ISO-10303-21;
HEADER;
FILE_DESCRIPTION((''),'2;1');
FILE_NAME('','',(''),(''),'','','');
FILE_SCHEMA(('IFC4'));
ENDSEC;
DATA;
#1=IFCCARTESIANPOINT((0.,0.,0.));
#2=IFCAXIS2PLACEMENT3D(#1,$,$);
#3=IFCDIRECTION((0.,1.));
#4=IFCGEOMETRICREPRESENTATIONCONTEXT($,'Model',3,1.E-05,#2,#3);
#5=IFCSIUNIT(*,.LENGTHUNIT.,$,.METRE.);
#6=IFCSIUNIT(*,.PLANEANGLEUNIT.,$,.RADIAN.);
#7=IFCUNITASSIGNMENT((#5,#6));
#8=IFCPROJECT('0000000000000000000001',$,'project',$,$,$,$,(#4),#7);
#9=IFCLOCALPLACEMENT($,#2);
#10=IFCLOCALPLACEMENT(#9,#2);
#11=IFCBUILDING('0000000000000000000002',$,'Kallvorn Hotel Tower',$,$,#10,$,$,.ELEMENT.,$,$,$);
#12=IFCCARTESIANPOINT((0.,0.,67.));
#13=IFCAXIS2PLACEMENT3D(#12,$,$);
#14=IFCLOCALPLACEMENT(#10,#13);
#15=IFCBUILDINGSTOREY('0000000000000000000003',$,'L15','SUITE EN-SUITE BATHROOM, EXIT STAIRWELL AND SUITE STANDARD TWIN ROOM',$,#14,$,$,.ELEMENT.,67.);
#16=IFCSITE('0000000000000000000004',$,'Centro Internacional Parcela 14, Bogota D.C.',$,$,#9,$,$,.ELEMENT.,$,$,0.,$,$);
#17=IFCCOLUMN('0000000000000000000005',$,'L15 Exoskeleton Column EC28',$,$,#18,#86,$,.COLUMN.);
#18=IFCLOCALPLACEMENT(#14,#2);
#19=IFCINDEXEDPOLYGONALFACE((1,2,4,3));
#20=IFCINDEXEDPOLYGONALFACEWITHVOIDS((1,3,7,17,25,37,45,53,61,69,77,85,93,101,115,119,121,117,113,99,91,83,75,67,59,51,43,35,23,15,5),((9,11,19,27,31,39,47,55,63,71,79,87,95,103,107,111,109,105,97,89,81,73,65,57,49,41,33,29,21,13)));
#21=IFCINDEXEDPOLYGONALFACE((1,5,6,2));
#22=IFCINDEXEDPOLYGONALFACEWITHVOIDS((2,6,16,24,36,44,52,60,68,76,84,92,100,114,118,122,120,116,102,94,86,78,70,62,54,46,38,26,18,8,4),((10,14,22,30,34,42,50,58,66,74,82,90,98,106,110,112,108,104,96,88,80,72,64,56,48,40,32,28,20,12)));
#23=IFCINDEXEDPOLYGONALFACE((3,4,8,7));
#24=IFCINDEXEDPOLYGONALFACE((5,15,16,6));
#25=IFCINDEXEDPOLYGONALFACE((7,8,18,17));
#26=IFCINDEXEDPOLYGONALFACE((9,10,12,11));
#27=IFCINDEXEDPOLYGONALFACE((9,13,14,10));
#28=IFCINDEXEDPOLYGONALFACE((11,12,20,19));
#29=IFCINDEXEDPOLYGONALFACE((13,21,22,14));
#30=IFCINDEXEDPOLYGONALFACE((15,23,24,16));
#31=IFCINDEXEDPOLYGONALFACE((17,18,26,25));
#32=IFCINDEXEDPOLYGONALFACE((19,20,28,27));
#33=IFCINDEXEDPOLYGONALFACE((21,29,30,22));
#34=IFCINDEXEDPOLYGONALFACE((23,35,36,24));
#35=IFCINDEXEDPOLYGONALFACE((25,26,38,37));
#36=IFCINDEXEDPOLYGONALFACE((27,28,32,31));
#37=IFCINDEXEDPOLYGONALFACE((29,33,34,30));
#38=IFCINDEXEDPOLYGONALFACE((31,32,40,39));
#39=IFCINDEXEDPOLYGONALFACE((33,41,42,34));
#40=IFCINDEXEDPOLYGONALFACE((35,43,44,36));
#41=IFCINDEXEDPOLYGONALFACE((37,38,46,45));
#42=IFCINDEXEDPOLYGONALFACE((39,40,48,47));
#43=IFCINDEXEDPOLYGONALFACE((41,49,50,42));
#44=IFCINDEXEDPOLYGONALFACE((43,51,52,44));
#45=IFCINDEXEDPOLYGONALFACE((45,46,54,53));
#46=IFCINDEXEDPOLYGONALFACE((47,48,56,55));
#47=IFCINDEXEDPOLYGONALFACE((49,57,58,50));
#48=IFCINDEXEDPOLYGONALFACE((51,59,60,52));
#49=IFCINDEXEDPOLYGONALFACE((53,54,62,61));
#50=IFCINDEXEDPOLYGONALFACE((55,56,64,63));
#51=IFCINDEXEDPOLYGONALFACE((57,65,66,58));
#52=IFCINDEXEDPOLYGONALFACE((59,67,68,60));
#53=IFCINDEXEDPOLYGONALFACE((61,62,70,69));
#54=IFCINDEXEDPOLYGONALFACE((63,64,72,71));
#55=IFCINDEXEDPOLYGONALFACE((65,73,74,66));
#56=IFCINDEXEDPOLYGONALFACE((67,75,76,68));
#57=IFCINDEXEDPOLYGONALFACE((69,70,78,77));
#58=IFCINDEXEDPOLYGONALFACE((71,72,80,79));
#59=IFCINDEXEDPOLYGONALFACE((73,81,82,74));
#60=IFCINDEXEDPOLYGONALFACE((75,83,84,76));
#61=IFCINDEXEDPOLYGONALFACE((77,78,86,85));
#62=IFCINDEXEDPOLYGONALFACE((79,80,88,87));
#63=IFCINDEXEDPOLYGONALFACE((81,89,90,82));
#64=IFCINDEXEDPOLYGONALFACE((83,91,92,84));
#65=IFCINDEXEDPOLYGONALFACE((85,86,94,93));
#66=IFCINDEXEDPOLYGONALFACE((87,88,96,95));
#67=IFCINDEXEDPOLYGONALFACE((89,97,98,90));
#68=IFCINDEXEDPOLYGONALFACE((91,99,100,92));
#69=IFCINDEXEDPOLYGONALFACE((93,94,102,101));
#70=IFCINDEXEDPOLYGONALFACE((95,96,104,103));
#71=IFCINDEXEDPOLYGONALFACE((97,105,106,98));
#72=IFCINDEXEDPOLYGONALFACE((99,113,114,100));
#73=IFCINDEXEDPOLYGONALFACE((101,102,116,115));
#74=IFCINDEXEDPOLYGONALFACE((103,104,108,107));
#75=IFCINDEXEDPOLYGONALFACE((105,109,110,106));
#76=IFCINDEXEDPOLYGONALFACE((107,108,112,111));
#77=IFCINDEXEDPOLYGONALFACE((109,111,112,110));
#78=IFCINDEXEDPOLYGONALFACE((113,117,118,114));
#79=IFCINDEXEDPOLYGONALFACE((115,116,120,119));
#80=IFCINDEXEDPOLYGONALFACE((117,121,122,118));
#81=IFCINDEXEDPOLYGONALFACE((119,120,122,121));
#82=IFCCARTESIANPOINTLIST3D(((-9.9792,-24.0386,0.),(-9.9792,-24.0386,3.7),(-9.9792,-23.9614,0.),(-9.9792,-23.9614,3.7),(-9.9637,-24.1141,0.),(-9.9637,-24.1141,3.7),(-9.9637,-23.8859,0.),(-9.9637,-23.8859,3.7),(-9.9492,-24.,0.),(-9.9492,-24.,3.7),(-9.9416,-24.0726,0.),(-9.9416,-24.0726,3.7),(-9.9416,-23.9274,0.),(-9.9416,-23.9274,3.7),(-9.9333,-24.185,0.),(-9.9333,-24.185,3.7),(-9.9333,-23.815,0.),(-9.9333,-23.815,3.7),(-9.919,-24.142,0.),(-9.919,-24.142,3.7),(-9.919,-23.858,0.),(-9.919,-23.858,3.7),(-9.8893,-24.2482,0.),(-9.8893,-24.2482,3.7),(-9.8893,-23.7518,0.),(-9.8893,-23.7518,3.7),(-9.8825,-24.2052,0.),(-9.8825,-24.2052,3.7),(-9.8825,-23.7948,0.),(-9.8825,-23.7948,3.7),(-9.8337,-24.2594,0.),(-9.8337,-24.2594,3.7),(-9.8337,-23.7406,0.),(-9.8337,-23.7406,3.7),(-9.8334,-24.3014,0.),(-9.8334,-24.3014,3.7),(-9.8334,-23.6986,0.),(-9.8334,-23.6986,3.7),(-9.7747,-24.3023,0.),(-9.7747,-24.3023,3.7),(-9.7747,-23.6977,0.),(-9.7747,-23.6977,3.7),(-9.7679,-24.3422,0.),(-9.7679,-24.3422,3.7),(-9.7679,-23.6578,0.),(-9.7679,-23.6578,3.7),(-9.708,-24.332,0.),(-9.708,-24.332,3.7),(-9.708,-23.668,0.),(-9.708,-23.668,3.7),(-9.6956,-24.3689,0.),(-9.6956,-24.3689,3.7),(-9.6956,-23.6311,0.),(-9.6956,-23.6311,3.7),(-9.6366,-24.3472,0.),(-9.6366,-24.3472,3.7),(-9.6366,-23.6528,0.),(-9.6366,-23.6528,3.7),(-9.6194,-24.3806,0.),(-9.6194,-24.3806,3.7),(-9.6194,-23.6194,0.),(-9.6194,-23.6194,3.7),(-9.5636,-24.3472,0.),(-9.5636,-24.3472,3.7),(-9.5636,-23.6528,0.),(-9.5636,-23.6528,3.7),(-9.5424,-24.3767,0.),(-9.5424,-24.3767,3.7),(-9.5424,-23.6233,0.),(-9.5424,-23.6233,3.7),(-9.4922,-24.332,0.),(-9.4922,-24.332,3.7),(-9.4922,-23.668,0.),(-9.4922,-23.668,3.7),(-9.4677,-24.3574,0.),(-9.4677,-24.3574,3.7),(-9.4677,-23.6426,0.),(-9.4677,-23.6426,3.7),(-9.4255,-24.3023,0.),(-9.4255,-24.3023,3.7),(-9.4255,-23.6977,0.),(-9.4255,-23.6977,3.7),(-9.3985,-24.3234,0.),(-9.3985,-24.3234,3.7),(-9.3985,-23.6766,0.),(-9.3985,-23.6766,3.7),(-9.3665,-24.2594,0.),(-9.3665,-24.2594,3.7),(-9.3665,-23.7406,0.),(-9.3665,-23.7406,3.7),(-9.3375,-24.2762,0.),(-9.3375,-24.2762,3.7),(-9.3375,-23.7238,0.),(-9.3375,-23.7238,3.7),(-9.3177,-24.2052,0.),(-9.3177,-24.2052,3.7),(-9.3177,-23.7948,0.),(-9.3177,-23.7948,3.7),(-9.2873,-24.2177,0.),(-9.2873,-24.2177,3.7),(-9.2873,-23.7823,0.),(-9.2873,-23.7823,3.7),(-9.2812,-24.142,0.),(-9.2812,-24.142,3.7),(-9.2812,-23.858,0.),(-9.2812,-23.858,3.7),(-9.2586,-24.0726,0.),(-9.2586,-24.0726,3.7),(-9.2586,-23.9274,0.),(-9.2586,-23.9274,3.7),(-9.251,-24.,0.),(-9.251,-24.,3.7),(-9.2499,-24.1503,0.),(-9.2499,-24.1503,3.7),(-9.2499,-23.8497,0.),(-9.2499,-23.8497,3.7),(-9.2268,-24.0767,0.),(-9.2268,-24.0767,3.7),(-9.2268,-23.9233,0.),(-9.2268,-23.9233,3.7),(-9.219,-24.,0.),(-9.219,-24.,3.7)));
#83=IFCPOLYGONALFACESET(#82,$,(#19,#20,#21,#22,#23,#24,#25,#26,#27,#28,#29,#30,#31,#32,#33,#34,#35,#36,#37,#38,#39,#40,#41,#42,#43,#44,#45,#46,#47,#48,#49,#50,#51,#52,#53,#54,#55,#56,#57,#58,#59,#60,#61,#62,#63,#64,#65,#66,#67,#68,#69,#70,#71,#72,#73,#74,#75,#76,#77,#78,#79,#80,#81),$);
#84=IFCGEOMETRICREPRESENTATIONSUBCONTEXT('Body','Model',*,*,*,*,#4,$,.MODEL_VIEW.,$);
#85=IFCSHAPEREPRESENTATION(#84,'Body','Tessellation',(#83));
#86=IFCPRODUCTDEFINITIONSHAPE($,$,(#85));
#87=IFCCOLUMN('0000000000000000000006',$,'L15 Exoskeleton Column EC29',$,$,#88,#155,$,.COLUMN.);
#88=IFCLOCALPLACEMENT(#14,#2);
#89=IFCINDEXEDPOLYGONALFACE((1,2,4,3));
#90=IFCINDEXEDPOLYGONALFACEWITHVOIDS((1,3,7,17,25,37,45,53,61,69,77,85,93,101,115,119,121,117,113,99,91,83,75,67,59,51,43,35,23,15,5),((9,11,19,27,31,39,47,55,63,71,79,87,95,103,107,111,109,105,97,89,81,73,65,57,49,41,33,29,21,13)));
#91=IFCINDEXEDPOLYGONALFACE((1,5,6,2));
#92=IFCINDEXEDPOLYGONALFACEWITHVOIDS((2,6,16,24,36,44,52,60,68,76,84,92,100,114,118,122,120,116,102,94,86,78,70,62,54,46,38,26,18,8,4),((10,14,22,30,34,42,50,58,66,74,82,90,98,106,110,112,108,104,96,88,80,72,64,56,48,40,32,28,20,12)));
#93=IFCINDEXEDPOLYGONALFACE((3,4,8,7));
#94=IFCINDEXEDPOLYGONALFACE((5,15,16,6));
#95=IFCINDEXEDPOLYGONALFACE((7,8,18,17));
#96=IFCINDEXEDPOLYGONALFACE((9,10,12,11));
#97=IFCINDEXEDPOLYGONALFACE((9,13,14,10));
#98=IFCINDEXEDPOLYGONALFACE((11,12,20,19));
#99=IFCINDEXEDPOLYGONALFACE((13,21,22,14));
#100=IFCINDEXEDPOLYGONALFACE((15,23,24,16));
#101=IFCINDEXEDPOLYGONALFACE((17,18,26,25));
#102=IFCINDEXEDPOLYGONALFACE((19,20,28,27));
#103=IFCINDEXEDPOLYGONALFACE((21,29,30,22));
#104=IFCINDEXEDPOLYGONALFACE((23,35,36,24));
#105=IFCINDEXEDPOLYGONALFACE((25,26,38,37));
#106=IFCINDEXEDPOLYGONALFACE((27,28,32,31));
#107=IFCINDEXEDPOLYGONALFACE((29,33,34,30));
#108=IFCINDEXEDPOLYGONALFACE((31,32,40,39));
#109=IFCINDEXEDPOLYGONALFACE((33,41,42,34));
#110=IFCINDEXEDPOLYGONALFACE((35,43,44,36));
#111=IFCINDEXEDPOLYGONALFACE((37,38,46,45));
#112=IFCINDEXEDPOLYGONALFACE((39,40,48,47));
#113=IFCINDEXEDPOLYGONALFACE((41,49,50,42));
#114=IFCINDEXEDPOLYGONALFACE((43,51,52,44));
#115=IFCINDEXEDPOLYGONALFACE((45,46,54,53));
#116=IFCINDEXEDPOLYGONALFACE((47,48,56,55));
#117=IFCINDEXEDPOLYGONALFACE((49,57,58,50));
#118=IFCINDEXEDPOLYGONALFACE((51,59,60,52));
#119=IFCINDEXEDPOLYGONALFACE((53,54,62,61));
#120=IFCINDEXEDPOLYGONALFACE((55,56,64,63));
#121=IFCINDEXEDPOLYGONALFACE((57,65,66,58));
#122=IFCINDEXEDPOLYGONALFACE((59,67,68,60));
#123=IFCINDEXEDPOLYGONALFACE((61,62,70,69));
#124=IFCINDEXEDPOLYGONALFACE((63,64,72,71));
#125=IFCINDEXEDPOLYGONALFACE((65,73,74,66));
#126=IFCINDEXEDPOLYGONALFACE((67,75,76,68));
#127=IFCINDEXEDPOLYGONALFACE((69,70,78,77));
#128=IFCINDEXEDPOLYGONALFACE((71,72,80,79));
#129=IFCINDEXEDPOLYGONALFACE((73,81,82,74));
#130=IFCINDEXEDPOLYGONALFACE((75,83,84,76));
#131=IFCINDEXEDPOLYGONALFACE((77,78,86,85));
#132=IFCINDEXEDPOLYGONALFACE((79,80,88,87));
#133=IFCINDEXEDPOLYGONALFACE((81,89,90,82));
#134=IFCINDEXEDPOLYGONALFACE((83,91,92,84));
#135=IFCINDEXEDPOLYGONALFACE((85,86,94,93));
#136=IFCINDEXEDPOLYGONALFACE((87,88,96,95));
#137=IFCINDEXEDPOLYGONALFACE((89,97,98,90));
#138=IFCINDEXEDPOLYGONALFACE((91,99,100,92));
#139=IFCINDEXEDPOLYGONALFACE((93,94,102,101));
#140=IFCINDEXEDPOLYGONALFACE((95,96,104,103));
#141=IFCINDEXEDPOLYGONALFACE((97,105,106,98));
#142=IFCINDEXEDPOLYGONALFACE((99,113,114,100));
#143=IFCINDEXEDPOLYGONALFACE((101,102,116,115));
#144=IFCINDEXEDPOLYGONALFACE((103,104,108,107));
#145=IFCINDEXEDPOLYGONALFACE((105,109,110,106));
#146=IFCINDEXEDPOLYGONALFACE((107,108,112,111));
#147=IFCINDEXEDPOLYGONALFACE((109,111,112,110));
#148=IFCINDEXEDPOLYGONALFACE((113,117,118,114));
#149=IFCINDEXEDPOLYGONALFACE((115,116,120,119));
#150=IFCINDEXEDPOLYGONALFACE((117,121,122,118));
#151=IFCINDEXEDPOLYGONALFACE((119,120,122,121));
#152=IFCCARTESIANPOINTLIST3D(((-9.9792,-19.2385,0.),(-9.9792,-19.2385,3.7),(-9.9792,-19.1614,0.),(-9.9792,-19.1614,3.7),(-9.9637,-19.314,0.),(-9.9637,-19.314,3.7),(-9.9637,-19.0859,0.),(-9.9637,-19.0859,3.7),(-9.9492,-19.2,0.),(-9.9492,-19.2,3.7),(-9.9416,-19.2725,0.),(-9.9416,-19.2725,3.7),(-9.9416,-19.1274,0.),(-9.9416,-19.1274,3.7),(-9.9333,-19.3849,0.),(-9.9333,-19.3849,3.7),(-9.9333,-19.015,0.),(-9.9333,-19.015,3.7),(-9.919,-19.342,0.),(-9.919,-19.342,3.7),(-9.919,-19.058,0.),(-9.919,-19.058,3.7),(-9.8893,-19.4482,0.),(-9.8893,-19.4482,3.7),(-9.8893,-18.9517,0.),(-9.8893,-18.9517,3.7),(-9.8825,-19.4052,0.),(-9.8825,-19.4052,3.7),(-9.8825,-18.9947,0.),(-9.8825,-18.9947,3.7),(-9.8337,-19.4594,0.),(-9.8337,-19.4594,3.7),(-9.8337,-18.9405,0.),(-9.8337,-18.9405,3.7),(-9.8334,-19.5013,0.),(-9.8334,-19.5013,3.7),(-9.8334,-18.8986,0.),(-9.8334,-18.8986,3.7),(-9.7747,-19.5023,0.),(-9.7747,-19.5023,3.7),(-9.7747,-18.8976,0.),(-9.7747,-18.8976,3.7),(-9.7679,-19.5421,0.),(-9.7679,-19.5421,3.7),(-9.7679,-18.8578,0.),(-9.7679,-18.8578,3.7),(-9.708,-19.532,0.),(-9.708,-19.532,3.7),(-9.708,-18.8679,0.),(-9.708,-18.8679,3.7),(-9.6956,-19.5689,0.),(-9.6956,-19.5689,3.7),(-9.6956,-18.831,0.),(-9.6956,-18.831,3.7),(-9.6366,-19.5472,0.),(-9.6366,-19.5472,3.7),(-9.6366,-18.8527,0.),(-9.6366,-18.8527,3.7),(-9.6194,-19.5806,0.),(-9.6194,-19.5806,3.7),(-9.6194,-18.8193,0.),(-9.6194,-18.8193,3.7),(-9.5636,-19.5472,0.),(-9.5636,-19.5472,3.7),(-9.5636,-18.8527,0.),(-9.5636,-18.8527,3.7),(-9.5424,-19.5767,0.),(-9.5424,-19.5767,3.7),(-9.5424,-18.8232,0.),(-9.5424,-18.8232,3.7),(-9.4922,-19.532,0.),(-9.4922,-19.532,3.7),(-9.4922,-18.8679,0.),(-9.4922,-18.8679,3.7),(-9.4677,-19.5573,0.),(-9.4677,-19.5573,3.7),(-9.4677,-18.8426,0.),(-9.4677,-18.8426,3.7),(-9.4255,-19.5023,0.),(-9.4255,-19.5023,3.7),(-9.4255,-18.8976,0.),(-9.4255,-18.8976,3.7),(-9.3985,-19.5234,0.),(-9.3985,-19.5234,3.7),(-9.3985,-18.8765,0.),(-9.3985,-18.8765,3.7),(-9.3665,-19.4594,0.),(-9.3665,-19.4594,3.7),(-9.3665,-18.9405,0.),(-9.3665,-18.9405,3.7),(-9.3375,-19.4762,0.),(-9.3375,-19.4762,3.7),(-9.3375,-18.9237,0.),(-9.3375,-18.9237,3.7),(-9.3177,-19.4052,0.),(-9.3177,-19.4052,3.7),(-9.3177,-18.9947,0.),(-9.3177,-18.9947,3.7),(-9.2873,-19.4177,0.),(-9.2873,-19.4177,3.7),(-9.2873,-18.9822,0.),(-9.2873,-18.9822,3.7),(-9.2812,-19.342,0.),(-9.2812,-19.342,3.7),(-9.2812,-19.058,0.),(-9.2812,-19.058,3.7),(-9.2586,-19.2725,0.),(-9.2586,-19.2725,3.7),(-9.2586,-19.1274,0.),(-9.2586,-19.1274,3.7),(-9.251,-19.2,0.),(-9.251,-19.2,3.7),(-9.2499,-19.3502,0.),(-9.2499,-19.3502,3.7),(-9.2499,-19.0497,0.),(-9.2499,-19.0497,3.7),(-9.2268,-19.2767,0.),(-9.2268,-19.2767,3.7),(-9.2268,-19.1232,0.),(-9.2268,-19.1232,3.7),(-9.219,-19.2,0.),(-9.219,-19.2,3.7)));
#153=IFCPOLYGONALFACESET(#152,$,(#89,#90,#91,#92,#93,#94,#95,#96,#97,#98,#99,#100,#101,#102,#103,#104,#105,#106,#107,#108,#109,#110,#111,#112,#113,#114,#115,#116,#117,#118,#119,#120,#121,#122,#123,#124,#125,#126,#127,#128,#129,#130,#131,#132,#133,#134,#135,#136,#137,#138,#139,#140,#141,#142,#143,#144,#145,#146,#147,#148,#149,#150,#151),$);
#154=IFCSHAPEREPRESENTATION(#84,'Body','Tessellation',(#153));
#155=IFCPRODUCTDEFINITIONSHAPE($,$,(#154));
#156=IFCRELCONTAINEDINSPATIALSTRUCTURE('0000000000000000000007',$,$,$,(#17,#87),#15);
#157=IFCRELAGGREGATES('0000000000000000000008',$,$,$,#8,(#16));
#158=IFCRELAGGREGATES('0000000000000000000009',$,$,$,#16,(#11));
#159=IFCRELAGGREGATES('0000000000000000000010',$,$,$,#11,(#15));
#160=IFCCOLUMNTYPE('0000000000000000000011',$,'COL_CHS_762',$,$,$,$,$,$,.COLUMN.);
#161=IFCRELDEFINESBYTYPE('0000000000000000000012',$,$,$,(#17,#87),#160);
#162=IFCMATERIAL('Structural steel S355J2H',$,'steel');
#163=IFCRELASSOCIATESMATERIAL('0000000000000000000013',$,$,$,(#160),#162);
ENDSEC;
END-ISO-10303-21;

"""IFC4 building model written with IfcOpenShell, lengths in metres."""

from ifc_helpers import new_model, si_unit, direction, frame, origin, origin_2d, place, context, subcontext, project, spatial, hollow_circle, extrude, material, material_profile, profile_set, type_object, element, save


model = new_model("IFC4")

# Units and contexts
model_context = context("Model", 3, precision=1e-05, world=origin(), true_north=direction((0.0, 1.0)))
body_context = subcontext(model_context, "Body", "Model", "MODEL_VIEW")
ifc_project = project(units=[si_unit("LENGTHUNIT", "METRE"), si_unit("PLANEANGLEUNIT", "RADIAN")], contexts=[model_context])

# Site, building, storey
site_placement = place(None, origin())
site = spatial("IfcSite", under=ifc_project, at=site_placement, Name="Centro Internacional Parcela 14, Bogota D.C.", CompositionType="ELEMENT", RefElevation=0.0)
building_placement = place(site_placement, origin())
building = spatial("IfcBuilding", under=site, at=building_placement, Name="Kallvorn Hotel Tower", CompositionType="ELEMENT")
storey_placement = place(building_placement, frame((0.0, 0.0, 67.0)))
storey = spatial("IfcBuildingStorey", under=building, at=storey_placement, Name="L15", Description="SUITE EN-SUITE BATHROOM, EXIT STAIRWELL AND SUITE STANDARD TWIN ROOM", CompositionType="ELEMENT", Elevation=67.0)

# Columns
ifc_material_1 = material(Name="Structural steel S355J2H", Category="steel")
ifc_material_profile_1 = material_profile(ifc_material_1, hollow_circle(Radius=0.3811, WallThickness=0.032, at=origin_2d()), Name="CHS 762x32")
ifc_profile_set_1 = profile_set([ifc_material_profile_1], Name="Structural steel S355J2H")
column_type_1 = type_object("IfcColumnType", Name="COL_CHS_762", PredefinedType="COLUMN", material=ifc_profile_set_1)
for number, where, z_axis, x_axis, name in (
    (1, (-9.6001, -24.0, 0.0), (0.0, 0.0, 1.0), (1.0, 0.0, 0.0), "L15 Exoskeleton Column EC28"),
    (2, (-9.6001, -19.2, 0.0), (0.0, 0.0, 1.0), (1.0, 0.0, 0.0), "L15 Exoskeleton Column EC29"),
):
    element("IfcColumn", number, at=place(storey_placement, frame(where, z_axis=z_axis, x_axis=x_axis)), inside=storey, type_object=column_type_1, Name=name, PredefinedType="COLUMN", context=body_context, shape_type="SweptSolid", body=[
        extrude(hollow_circle(Radius=0.3811, WallThickness=0.032, at=origin_2d()), origin(), (0.0, 0.0, 1.0), 3.7),
    ])

save(model, "model.ifc")
